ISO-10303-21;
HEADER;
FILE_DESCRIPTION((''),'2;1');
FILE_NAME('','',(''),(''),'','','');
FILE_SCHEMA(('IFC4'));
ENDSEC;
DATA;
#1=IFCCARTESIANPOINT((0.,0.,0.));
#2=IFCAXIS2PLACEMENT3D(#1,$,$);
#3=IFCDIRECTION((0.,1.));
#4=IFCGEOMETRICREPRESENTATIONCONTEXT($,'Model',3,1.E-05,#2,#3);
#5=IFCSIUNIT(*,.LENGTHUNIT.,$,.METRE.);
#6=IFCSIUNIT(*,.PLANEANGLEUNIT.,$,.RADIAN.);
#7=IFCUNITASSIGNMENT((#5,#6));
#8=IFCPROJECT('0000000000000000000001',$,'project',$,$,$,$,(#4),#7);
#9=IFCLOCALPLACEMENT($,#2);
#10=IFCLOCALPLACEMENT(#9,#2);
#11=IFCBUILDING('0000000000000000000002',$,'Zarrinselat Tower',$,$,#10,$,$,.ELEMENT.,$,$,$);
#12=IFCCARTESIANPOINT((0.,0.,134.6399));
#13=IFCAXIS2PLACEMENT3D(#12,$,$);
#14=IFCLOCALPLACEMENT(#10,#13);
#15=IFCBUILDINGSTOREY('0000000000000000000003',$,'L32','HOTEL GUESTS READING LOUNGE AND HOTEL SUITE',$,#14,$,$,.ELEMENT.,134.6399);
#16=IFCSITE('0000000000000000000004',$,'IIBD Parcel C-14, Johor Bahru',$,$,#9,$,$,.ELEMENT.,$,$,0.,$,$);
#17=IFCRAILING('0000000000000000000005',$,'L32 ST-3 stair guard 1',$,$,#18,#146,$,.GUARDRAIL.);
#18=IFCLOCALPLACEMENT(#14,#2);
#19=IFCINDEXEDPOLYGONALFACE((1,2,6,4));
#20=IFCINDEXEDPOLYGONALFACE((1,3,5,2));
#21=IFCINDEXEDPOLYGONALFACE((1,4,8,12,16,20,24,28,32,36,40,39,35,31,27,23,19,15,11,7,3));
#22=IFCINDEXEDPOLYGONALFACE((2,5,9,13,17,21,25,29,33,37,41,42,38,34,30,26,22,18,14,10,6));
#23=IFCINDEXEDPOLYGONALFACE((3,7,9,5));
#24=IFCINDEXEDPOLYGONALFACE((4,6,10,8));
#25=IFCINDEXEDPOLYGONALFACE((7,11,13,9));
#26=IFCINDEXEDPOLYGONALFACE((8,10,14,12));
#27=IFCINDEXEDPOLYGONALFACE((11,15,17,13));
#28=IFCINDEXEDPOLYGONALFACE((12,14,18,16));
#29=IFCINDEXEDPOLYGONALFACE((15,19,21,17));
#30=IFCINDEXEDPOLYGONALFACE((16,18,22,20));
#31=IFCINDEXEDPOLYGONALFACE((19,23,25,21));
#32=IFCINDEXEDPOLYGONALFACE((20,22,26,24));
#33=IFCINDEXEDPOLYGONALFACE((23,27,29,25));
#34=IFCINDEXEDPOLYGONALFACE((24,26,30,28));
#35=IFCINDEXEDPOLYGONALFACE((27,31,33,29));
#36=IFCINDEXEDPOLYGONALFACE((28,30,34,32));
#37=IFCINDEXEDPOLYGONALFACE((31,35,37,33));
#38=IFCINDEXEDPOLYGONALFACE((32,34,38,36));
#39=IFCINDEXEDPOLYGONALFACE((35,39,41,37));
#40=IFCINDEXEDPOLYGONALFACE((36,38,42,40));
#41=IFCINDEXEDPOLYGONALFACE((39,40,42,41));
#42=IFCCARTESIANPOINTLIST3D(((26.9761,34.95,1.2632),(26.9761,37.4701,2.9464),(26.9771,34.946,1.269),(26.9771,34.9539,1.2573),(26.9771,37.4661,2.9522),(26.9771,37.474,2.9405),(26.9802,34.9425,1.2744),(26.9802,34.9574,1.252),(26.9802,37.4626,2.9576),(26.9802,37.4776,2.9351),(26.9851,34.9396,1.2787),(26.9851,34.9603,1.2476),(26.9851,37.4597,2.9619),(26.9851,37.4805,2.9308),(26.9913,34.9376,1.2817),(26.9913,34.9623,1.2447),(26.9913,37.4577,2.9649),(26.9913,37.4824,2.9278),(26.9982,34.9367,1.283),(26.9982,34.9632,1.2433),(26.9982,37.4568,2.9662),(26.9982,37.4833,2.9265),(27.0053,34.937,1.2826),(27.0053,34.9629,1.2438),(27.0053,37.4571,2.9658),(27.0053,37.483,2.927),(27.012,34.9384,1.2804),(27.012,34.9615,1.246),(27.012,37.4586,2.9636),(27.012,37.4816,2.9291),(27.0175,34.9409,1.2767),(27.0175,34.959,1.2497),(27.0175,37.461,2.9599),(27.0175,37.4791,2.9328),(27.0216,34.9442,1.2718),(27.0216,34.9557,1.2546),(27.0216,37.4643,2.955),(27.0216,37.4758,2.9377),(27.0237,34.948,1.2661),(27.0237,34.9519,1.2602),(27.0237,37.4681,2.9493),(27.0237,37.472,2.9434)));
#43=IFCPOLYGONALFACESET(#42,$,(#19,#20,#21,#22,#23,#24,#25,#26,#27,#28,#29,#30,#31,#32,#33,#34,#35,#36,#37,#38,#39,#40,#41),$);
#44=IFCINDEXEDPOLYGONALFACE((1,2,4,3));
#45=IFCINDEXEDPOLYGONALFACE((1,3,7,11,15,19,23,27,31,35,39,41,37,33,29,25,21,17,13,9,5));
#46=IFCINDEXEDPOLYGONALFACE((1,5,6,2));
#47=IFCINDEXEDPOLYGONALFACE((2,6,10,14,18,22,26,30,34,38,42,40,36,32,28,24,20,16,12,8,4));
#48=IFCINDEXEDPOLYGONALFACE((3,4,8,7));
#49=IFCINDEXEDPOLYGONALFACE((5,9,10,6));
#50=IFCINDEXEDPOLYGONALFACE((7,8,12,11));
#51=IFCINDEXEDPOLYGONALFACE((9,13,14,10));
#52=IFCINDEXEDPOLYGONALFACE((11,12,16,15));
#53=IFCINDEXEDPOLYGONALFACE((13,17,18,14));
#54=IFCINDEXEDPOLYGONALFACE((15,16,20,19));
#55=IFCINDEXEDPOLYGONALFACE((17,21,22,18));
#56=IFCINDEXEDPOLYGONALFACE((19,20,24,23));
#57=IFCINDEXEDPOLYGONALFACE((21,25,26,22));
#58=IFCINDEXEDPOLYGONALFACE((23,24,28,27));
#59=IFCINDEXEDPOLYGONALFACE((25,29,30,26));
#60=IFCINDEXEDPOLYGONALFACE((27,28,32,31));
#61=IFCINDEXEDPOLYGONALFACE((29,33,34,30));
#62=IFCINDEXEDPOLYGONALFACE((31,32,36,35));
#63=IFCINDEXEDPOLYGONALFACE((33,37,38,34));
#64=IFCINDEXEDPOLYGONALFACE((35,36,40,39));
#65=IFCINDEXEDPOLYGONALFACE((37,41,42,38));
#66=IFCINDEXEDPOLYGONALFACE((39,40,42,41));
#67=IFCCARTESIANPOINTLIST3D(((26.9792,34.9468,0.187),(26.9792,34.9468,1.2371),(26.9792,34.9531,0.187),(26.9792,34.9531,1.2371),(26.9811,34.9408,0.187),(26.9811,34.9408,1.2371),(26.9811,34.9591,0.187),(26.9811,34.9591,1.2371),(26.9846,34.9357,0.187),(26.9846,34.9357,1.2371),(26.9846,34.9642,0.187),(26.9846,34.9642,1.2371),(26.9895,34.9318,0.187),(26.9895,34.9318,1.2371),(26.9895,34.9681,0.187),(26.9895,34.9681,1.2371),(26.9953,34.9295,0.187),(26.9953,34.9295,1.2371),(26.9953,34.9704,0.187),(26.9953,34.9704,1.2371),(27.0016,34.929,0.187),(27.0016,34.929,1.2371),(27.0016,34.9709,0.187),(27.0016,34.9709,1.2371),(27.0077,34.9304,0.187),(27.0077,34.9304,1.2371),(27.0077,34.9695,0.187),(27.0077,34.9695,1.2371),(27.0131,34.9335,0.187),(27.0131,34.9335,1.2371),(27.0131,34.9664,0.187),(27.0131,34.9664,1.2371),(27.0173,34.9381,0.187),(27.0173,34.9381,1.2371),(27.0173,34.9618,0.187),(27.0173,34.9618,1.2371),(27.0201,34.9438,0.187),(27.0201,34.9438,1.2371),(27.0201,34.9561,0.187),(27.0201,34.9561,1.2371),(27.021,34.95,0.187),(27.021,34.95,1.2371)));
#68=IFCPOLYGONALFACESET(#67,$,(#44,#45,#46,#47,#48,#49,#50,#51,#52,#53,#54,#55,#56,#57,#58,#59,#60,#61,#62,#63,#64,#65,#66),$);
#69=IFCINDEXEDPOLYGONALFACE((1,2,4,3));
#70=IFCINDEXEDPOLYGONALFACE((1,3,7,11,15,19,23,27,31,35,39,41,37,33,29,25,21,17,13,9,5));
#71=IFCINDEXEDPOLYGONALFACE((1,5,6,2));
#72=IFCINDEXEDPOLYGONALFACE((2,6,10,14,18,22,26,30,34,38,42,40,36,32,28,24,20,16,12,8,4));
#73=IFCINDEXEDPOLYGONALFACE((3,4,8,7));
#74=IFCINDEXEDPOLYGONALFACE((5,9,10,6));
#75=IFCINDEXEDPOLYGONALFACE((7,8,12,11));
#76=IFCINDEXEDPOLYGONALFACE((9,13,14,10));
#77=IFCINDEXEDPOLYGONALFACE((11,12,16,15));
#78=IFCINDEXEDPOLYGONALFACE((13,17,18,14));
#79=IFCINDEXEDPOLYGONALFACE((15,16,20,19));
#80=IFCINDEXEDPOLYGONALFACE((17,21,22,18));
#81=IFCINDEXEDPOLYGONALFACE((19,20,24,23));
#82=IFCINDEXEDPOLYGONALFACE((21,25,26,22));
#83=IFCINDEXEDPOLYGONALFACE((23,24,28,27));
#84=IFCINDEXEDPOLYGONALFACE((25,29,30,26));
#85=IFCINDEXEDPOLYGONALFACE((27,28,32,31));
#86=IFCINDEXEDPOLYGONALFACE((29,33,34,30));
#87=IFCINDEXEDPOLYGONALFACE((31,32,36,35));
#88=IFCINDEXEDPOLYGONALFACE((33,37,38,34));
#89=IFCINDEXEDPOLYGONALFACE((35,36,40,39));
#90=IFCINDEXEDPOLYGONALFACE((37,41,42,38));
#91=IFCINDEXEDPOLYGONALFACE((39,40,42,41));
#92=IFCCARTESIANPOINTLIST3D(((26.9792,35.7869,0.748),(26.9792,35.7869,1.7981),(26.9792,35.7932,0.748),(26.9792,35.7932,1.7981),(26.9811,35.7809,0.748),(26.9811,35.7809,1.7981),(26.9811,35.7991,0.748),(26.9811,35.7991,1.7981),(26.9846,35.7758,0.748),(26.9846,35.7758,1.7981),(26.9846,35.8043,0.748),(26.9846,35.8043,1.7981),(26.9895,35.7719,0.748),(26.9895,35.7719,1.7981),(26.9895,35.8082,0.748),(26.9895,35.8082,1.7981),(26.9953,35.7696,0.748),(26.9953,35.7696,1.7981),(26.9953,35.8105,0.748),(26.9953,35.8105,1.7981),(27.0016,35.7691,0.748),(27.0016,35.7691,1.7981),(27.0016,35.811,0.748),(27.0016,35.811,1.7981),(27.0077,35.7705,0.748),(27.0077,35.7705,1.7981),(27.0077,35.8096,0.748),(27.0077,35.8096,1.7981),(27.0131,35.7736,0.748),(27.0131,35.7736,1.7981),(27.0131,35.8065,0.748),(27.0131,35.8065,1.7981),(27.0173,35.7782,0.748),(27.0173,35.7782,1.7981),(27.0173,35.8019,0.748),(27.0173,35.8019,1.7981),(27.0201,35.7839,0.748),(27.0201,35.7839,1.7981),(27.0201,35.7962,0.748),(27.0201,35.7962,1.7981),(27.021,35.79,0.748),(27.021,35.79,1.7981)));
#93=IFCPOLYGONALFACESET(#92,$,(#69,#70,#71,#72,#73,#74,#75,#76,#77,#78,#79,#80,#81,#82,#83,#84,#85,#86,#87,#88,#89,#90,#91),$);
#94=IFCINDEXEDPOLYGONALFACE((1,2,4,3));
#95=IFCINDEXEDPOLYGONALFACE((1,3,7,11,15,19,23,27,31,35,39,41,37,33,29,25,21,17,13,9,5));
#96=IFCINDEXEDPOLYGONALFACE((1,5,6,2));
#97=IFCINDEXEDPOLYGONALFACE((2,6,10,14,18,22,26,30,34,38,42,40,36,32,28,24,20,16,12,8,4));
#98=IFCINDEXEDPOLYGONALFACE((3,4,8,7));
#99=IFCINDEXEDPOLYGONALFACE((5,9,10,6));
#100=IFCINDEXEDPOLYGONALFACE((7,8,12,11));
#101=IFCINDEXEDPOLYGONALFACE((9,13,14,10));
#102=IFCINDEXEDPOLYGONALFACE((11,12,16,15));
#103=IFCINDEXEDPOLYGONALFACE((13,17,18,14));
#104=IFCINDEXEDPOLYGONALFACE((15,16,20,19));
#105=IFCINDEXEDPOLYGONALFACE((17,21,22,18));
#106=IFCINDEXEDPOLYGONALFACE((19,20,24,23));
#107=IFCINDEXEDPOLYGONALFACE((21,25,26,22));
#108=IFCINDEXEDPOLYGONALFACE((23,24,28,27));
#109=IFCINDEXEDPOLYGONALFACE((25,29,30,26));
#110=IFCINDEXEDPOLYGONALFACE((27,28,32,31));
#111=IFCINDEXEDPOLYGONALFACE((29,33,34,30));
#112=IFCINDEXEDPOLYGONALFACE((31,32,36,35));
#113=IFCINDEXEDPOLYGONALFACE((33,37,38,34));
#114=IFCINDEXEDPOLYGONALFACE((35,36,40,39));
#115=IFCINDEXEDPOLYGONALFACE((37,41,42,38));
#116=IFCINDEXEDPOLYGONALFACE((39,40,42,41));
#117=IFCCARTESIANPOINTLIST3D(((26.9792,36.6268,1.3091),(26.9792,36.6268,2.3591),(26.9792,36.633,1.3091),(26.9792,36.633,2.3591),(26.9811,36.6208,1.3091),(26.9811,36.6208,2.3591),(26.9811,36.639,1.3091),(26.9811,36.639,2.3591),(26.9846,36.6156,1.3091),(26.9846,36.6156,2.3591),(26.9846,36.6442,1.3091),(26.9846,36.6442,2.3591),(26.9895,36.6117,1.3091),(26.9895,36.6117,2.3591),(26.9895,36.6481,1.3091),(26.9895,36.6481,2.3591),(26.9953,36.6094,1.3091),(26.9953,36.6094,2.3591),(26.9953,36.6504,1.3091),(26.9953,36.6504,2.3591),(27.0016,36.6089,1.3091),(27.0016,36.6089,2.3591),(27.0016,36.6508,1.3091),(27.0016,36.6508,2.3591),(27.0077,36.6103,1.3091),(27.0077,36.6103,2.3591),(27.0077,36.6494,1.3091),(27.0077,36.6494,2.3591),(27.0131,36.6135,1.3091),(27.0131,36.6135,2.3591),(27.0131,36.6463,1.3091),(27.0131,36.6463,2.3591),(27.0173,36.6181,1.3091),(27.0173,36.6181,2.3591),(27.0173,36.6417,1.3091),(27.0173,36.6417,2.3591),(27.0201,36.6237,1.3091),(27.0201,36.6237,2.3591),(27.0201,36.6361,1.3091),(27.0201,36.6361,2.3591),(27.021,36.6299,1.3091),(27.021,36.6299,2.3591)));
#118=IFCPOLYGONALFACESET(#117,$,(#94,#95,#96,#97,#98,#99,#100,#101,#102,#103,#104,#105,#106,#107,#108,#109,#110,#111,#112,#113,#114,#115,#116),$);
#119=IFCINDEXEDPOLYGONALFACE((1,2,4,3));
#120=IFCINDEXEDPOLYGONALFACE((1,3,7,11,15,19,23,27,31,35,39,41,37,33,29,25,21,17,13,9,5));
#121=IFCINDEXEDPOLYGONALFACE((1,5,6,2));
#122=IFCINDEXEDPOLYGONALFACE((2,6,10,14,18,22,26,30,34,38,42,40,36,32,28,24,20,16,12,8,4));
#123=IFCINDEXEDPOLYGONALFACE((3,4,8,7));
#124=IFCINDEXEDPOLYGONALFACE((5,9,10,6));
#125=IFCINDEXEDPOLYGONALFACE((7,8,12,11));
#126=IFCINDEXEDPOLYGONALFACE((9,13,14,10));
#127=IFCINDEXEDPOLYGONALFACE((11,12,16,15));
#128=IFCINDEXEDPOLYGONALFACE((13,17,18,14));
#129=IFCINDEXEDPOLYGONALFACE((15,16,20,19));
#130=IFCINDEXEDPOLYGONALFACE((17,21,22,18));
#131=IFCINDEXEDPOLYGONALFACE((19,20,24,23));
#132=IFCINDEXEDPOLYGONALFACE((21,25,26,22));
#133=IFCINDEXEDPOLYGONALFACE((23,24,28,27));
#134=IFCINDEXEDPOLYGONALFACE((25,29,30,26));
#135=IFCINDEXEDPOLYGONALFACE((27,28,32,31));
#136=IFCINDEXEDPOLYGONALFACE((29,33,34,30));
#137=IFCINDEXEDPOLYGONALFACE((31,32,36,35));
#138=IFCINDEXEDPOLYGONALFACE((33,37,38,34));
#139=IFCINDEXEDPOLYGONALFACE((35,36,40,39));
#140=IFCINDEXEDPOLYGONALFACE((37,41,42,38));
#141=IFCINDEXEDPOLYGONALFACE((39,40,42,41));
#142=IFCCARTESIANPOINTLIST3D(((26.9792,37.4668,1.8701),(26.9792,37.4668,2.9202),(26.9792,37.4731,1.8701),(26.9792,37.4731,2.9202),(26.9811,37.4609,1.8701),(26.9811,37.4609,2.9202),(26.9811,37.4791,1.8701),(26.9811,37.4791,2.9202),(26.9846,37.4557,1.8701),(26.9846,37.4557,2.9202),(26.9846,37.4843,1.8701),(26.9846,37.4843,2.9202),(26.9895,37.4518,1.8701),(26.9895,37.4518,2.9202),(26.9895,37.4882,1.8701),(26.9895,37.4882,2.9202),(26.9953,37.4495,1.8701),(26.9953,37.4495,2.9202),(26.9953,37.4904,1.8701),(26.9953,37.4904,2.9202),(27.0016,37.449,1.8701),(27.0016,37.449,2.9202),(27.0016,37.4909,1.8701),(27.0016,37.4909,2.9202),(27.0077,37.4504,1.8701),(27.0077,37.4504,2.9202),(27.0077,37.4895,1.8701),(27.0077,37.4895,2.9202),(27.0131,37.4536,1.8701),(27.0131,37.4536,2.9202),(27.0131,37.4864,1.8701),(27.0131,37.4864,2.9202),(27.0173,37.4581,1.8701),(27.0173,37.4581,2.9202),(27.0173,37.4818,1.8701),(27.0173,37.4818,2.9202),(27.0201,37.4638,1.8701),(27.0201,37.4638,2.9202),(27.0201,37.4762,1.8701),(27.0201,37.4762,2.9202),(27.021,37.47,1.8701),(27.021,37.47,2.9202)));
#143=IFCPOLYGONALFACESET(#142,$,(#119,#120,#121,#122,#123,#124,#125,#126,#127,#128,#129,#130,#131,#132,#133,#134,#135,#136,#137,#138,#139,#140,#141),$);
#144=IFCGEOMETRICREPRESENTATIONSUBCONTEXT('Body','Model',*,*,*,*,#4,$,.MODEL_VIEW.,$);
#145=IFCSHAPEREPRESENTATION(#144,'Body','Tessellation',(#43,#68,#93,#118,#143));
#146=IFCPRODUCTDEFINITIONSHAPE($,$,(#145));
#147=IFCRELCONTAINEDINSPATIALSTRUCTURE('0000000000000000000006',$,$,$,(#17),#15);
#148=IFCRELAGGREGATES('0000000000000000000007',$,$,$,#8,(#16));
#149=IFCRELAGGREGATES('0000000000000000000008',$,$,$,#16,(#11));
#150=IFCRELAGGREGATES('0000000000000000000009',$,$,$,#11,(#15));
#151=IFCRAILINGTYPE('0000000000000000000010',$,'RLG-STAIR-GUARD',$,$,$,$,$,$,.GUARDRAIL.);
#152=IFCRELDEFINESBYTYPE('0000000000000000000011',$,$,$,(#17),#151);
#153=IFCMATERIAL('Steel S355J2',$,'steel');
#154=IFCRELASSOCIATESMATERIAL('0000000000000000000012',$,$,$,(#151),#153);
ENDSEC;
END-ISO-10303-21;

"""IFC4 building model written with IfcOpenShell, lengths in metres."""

from ifc_helpers import new_model, si_unit, direction, frame, origin, origin_2d, place, context, subcontext, project, spatial, circle, extrude, material, type_object, element, save


model = new_model("IFC4")

# Units and contexts
model_context = context("Model", 3, precision=1e-05, world=origin(), true_north=direction((0.0, 1.0)))
body_context = subcontext(model_context, "Body", "Model", "MODEL_VIEW")
ifc_project = project(units=[si_unit("LENGTHUNIT", "METRE"), si_unit("PLANEANGLEUNIT", "RADIAN")], contexts=[model_context])

# Site, building, storey
site_placement = place(None, origin())
site = spatial("IfcSite", under=ifc_project, at=site_placement, Name="IIBD Parcel C-14, Johor Bahru", CompositionType="ELEMENT", RefElevation=0.0)
building_placement = place(site_placement, origin())
building = spatial("IfcBuilding", under=site, at=building_placement, Name="Zarrinselat Tower", CompositionType="ELEMENT")
storey_placement = place(building_placement, frame((0.0, 0.0, 134.6399)))
storey = spatial("IfcBuildingStorey", under=building, at=storey_placement, Name="L32", Description="HOTEL GUESTS READING LOUNGE AND HOTEL SUITE", CompositionType="ELEMENT", Elevation=134.6399)

# Railing
ifc_material_1 = material(Name="Steel S355J2", Category="steel")
railing_type = type_object("IfcRailingType", Name="RLG-STAIR-GUARD", PredefinedType="GUARDRAIL", material=ifc_material_1)
railing_1_placement = place(storey_placement, frame((27.0, 34.95, 0.187)))
element("IfcRailing", 1, at=railing_1_placement, inside=storey, type_object=railing_type, Name="L32 ST-3 stair guard 1", PredefinedType="GUARDRAIL", context=body_context, shape_type="SweptSolid", body=[
    extrude(circle(Radius=0.0239, at=origin_2d()), frame((0.0, 0.0, 1.0762), z_axis=(0.0, 0.831579, 0.555406), x_axis=(-1.0, 0.0, 0.0)), (0.0, 0.0, 1.0), 3.0305),
    extrude(circle(Radius=0.021, at=origin_2d()), origin(), (0.0, 0.0, 1.0), 1.05),
    extrude(circle(Radius=0.021, at=origin_2d()), frame((0.0, 0.8401, 0.561)), (0.0, 0.0, 1.0), 1.05),
    extrude(circle(Radius=0.021, at=origin_2d()), frame((0.0, 1.6799, 1.1221)), (0.0, 0.0, 1.0), 1.05),
    extrude(circle(Radius=0.021, at=origin_2d()), frame((0.0, 2.52, 1.6831)), (0.0, 0.0, 1.0), 1.05),
])

save(model, "model.ifc")
